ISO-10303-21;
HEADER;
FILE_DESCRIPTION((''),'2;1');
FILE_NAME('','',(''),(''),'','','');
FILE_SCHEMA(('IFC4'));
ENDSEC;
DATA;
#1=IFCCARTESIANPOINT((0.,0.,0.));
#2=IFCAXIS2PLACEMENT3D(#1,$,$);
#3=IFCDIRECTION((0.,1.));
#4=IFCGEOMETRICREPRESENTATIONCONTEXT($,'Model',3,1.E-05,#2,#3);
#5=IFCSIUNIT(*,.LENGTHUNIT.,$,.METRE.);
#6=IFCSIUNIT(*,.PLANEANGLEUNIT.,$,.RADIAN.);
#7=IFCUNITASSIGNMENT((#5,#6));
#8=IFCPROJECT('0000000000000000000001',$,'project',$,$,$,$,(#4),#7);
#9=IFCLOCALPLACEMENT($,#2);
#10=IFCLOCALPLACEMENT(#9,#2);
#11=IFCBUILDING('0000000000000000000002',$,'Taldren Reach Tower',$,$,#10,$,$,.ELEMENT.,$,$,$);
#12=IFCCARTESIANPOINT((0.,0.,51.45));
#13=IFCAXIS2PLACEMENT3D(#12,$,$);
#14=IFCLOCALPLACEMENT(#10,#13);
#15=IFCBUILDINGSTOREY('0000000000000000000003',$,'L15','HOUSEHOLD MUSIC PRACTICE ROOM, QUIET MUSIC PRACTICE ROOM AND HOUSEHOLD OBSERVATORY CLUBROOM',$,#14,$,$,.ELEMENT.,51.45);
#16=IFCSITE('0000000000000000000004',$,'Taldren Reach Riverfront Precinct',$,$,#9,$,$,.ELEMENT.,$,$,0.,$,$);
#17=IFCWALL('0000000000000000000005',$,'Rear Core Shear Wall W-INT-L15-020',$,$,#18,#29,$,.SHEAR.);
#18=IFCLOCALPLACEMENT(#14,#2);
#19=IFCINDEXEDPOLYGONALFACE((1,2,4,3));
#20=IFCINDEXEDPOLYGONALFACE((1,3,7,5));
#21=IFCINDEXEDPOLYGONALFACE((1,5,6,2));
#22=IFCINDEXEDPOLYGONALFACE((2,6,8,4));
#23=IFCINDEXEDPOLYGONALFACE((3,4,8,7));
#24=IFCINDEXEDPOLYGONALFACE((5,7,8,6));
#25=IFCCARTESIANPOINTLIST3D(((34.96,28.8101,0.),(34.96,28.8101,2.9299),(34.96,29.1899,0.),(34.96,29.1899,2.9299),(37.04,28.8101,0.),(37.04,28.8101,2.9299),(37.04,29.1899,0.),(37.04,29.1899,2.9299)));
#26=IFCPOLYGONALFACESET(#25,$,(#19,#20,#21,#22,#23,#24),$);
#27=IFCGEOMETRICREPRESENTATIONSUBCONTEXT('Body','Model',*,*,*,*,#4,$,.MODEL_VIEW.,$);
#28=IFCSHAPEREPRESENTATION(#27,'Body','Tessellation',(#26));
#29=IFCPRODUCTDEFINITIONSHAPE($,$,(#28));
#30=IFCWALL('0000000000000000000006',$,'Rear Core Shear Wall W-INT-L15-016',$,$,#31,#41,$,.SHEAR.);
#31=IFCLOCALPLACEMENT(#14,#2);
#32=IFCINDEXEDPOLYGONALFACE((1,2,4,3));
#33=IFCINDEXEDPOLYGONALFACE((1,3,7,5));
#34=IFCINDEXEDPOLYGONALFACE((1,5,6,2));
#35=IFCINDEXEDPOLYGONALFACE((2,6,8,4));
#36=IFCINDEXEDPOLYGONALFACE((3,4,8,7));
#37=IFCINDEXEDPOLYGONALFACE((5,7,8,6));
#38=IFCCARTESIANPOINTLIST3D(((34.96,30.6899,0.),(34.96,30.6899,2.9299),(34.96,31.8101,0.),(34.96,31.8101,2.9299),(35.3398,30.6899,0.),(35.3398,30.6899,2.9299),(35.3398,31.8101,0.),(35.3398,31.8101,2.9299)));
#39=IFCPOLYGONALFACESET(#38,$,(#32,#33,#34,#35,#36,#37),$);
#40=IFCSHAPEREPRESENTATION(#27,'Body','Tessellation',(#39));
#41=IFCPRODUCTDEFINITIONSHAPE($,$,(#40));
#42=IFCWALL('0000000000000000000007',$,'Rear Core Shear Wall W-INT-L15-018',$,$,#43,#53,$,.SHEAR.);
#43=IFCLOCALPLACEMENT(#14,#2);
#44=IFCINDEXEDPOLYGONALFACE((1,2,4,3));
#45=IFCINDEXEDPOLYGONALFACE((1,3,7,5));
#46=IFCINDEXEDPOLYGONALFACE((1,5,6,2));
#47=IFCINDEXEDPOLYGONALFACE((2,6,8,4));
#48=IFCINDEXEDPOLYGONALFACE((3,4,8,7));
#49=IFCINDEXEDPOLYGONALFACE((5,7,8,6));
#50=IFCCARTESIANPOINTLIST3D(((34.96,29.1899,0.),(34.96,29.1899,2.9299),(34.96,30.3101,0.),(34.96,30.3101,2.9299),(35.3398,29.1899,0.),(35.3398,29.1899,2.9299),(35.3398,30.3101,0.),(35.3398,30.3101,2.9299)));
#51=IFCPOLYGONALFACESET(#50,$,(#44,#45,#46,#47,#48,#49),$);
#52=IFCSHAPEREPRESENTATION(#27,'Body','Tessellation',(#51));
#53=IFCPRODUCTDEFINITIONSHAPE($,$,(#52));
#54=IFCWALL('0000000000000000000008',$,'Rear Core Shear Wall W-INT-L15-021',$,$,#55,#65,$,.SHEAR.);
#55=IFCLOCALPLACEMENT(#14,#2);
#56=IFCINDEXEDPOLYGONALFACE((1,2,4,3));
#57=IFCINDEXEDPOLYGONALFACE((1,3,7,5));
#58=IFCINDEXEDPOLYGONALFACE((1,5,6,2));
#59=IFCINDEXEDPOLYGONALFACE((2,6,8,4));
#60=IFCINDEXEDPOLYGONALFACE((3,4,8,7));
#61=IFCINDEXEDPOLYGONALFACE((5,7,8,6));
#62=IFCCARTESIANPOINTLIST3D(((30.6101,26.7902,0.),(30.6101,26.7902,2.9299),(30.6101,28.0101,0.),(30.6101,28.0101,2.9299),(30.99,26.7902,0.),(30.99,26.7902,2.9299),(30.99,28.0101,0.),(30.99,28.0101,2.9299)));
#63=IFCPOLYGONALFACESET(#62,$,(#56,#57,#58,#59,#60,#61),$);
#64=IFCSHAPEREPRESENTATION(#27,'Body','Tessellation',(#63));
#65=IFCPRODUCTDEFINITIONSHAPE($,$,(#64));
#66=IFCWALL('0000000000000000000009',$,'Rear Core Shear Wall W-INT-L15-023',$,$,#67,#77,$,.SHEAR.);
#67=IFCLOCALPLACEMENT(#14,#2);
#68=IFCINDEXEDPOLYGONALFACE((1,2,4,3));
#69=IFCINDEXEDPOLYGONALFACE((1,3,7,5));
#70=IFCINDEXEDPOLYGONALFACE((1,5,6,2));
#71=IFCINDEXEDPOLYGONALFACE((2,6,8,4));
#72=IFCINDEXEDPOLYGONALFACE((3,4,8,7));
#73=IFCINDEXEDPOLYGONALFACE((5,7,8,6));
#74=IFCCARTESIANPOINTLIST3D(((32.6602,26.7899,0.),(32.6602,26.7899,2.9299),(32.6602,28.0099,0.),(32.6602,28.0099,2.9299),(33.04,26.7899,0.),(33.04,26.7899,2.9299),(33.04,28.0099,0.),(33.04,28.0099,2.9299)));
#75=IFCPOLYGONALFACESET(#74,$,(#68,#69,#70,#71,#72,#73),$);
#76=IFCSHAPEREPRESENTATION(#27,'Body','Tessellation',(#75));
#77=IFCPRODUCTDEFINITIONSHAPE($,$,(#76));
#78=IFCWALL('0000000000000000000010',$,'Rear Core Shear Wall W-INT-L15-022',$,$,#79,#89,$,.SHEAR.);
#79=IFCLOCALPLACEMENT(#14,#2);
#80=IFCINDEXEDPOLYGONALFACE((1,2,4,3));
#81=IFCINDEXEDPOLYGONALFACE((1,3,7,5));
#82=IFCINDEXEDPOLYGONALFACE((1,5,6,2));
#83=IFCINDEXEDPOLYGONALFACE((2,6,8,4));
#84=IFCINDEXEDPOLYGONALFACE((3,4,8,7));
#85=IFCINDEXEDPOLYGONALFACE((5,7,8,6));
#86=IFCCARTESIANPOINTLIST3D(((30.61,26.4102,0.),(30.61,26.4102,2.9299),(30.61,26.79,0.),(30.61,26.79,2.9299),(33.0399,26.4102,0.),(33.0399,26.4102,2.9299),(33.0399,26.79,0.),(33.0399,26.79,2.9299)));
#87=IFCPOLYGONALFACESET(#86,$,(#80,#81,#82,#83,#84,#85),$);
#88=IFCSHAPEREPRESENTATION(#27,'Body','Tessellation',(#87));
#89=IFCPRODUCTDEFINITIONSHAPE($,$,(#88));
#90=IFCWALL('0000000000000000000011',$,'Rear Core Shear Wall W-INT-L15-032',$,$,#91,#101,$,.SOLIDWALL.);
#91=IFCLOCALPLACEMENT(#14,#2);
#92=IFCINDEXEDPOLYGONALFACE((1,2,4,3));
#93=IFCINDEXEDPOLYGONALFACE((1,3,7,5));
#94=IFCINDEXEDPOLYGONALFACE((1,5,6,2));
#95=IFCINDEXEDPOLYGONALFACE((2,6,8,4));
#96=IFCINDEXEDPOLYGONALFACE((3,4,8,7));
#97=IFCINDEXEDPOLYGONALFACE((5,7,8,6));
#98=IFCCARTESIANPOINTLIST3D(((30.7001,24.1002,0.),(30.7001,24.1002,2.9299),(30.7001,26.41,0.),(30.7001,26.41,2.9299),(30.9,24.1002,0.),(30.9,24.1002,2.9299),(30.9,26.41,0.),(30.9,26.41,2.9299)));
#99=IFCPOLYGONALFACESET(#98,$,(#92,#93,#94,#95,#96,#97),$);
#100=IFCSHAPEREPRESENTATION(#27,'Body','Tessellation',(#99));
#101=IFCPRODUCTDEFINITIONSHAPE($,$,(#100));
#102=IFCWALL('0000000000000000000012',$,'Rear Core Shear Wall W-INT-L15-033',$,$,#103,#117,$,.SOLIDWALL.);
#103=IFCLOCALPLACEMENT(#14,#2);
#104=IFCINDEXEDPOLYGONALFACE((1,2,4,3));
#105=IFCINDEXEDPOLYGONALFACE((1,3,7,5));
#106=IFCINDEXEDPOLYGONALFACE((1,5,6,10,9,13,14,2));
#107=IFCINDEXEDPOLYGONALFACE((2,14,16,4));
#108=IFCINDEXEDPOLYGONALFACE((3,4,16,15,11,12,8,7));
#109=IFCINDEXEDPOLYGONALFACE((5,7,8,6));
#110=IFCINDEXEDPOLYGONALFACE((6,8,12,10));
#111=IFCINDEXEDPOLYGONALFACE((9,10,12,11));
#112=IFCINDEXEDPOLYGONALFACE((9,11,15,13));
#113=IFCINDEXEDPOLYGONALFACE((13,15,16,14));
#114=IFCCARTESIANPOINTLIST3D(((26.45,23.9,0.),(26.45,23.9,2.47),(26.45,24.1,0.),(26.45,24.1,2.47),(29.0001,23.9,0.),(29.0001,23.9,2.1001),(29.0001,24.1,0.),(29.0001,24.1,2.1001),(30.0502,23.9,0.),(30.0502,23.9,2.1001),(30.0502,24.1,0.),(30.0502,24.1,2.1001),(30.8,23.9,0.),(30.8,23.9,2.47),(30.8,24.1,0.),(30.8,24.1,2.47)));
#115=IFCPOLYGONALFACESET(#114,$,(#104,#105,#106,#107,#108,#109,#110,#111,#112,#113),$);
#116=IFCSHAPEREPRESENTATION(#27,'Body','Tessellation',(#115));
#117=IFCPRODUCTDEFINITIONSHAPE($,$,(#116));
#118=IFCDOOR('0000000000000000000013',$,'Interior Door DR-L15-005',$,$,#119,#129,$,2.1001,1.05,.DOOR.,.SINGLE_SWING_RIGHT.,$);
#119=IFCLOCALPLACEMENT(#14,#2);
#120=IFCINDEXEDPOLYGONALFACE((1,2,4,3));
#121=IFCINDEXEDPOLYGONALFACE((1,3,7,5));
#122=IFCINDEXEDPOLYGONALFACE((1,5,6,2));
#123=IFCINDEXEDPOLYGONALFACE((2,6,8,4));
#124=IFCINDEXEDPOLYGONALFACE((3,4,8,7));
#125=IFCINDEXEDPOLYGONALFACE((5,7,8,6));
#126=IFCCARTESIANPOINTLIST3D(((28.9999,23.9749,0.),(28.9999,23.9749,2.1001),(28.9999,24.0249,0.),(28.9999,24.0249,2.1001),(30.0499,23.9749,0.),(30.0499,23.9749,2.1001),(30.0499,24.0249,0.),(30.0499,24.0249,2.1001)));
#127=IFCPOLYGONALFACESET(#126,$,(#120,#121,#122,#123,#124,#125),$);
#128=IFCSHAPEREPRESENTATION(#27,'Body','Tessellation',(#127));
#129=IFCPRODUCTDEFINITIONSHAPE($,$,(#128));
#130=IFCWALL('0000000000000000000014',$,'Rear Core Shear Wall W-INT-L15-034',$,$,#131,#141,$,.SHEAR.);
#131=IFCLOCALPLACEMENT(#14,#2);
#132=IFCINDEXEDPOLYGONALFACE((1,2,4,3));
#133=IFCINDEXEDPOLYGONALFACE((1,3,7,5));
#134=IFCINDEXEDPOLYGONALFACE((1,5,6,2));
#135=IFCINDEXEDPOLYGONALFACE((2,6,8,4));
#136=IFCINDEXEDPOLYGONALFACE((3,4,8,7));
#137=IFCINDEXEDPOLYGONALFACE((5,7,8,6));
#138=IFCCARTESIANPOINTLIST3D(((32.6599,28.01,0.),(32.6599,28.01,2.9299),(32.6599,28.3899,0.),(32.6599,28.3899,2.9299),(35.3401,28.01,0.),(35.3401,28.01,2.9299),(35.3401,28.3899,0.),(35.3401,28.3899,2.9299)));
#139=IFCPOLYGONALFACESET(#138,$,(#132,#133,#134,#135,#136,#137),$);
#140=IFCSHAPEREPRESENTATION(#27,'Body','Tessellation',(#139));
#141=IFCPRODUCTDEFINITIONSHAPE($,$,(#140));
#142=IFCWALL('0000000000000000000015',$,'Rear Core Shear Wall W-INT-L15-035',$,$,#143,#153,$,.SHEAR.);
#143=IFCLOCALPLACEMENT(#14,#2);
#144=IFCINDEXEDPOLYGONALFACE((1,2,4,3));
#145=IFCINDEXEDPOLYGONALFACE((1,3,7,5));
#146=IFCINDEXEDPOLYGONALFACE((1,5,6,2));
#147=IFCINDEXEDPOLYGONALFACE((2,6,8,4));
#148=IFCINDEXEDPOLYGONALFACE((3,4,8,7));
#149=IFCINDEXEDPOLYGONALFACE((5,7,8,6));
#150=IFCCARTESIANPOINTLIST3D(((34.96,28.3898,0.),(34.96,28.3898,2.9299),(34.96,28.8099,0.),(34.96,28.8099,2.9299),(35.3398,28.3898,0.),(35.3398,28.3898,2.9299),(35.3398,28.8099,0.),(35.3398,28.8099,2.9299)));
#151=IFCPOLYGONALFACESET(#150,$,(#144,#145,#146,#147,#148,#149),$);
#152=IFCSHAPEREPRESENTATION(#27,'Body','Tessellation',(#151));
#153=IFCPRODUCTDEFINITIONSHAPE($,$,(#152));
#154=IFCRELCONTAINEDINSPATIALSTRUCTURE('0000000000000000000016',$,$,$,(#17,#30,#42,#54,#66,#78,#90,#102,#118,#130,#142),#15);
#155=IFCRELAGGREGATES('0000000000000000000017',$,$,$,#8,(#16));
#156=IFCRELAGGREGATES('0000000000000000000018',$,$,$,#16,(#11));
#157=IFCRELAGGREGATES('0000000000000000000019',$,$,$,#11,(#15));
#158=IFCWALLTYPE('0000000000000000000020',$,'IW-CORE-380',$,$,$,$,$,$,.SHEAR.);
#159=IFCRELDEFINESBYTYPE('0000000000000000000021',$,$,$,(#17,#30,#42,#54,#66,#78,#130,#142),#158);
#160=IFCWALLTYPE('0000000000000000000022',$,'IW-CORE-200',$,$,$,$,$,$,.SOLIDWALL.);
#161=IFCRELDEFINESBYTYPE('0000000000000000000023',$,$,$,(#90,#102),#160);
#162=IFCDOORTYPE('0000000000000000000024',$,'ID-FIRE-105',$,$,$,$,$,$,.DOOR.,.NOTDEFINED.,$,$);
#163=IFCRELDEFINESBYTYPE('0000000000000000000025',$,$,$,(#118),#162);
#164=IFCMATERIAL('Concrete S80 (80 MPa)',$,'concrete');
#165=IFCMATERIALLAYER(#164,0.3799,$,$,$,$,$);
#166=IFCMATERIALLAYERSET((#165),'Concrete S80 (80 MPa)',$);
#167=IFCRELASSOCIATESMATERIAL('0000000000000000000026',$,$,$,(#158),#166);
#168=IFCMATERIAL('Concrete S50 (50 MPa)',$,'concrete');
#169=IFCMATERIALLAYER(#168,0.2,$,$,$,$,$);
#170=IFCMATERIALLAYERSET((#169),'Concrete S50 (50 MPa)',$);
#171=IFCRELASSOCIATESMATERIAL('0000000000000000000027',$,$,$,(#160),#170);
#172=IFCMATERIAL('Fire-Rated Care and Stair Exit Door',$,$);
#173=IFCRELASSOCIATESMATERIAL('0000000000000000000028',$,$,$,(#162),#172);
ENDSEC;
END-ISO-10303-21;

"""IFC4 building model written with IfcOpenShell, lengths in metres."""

from ifc_helpers import new_model, si_unit, direction, frame, frame_2d, origin, place, context, subcontext, project, spatial, rectangle, extrude, source, transform, mapped, material, layer, layer_set, type_object, element, fill, save


model = new_model("IFC4")

# Units and contexts
model_context = context("Model", 3, precision=1e-05, world=origin(), true_north=direction((0.0, 1.0)))
body_context = subcontext(model_context, "Body", "Model", "MODEL_VIEW")
ifc_project = project(units=[si_unit("LENGTHUNIT", "METRE"), si_unit("PLANEANGLEUNIT", "RADIAN")], contexts=[model_context])

# Site, building, storey
site_placement = place(None, origin())
site = spatial("IfcSite", under=ifc_project, at=site_placement, Name="Taldren Reach Riverfront Precinct", CompositionType="ELEMENT", RefElevation=0.0)
building_placement = place(site_placement, origin())
building = spatial("IfcBuilding", under=site, at=building_placement, Name="Taldren Reach Tower", CompositionType="ELEMENT")
storey_placement = place(building_placement, frame((0.0, 0.0, 51.45)))
storey = spatial("IfcBuildingStorey", under=building, at=storey_placement, Name="L15", Description="HOUSEHOLD MUSIC PRACTICE ROOM, QUIET MUSIC PRACTICE ROOM AND HOUSEHOLD OBSERVATORY CLUBROOM", CompositionType="ELEMENT", Elevation=51.45)

# Walls
ifc_material_1 = material(Name="Concrete S80 (80 MPa)", Category="concrete")
ifc_layer_1 = layer(ifc_material_1, 0.3799)
ifc_layer_set_1 = layer_set([ifc_layer_1], Name="Concrete S80 (80 MPa)")
wall_type_1 = type_object("IfcWallType", Name="IW-CORE-380", PredefinedType="SHEAR", material=ifc_layer_set_1)
shared_shape_1 = source(origin(), body_context, "Body", "SweptSolid", [
    extrude(rectangle(XDim=2.0801, YDim=0.3799, at=frame_2d((1.04, 0.0))), origin(), (0.0, 0.0, 1.0), 2.9299),
])
for number, where, z_axis, x_axis, name in (
    (1, (34.96, 29.0, 0.0), (0.0, 0.0, 1.0), (1.0, 0.0, 0.0), "Rear Core Shear Wall W-INT-L15-020"),
):
    element("IfcWall", number, at=place(storey_placement, frame(where, z_axis=z_axis, x_axis=x_axis)), inside=storey, type_object=wall_type_1, Name=name, PredefinedType="SHEAR", context=body_context, shape_type="MappedRepresentation", body=[
        mapped(shared_shape_1, transform((0.0, 0.0, 0.0), scale=1.0)),
    ])
shared_shape_2 = source(origin(), body_context, "Body", "SweptSolid", [
    extrude(rectangle(XDim=1.1201, YDim=0.3799, at=frame_2d((0.5601, 0.0))), origin(), (0.0, 0.0, 1.0), 2.9299),
])
for number, where, z_axis, x_axis, name in (
    (2, (35.1499, 31.8101, 0.0), (0.0, 0.0, 1.0), (0.0, -1.0, 0.0), "Rear Core Shear Wall W-INT-L15-016"),
    (3, (35.1499, 30.3101, 0.0), (0.0, 0.0, 1.0), (0.0, -1.0, 0.0), "Rear Core Shear Wall W-INT-L15-018"),
):
    element("IfcWall", number, at=place(storey_placement, frame(where, z_axis=z_axis, x_axis=x_axis)), inside=storey, type_object=wall_type_1, Name=name, PredefinedType="SHEAR", context=body_context, shape_type="MappedRepresentation", body=[
        mapped(shared_shape_2, transform((0.0, 0.0, 0.0), scale=1.0)),
    ])
shared_shape_3 = source(origin(), body_context, "Body", "SweptSolid", [
    extrude(rectangle(XDim=1.22, YDim=0.3799, at=frame_2d((0.6099, 0.0))), origin(), (0.0, 0.0, 1.0), 2.9299),
])
for number, where, z_axis, x_axis, name in (
    (4, (30.8, 28.01, 0.0), (0.0, 0.0, 1.0), (0.0, -1.0, 0.0), "Rear Core Shear Wall W-INT-L15-021"),
    (5, (32.8501, 26.79, 0.0), (0.0, 0.0, 1.0), (0.0, 1.0, 0.0), "Rear Core Shear Wall W-INT-L15-023"),
):
    element("IfcWall", number, at=place(storey_placement, frame(where, z_axis=z_axis, x_axis=x_axis)), inside=storey, type_object=wall_type_1, Name=name, PredefinedType="SHEAR", context=body_context, shape_type="MappedRepresentation", body=[
        mapped(shared_shape_3, transform((0.0, 0.0, 0.0), scale=1.0)),
    ])
shared_shape_4 = source(origin(), body_context, "Body", "SweptSolid", [
    extrude(rectangle(XDim=2.4299, YDim=0.3799, at=frame_2d((1.2148, 0.0))), origin(), (0.0, 0.0, 1.0), 2.9299),
])
wall_1_placement = place(storey_placement, frame((30.6101, 26.6001, 0.0), z_axis=(0.0, 0.0, 1.0), x_axis=(1.0, 0.0, 0.0)))
element("IfcWall", 6, at=wall_1_placement, inside=storey, type_object=wall_type_1, Name="Rear Core Shear Wall W-INT-L15-022", PredefinedType="SHEAR", context=body_context, shape_type="MappedRepresentation", body=[
    mapped(shared_shape_4, transform((0.0, 0.0, 0.0), scale=1.0)),
])

# Wall
ifc_material_2 = material(Name="Concrete S50 (50 MPa)", Category="concrete")
ifc_layer_2 = layer(ifc_material_2, 0.2)
ifc_layer_set_2 = layer_set([ifc_layer_2], Name="Concrete S50 (50 MPa)")
wall_type_2 = type_object("IfcWallType", Name="IW-CORE-200", PredefinedType="SOLIDWALL", material=ifc_layer_set_2)
shared_shape_5 = source(origin(), body_context, "Body", "SweptSolid", [
    extrude(rectangle(XDim=2.3098, YDim=0.2, at=frame_2d((1.1548, 0.0))), origin(), (0.0, 0.0, 1.0), 2.9299),
])
wall_2_placement = place(storey_placement, frame((30.8, 26.4099, 0.0), z_axis=(0.0, 0.0, 1.0), x_axis=(0.0, -1.0, 0.0)))
element("IfcWall", 7, at=wall_2_placement, inside=storey, type_object=wall_type_2, Name="Rear Core Shear Wall W-INT-L15-032", PredefinedType="SOLIDWALL", context=body_context, shape_type="MappedRepresentation", body=[
    mapped(shared_shape_5, transform((0.0, 0.0, 0.0), scale=1.0)),
])

# Wall, opening, door
shared_shape_6 = source(origin(), body_context, "Body", "SweptSolid", [
    extrude(rectangle(XDim=4.3501, YDim=0.2, at=frame_2d((2.175, 0.0))), origin(), (0.0, 0.0, 1.0), 2.47),
])
wall_3_placement = place(storey_placement, frame((30.8, 24.0, 0.0), z_axis=(0.0, 0.0, 1.0), x_axis=(-1.0, 0.0, 0.0)))
wall_3 = element("IfcWall", 8, at=wall_3_placement, inside=storey, type_object=wall_type_2, Name="Rear Core Shear Wall W-INT-L15-033", PredefinedType="SOLIDWALL", context=body_context, shape_type="MappedRepresentation", body=[
    mapped(shared_shape_6, transform((0.0, 0.0, 0.0), scale=1.0)),
])
shared_shape_7 = source(origin(), body_context, "Body", "SweptSolid", [
    extrude(rectangle(XDim=1.05, YDim=2.1001, at=frame_2d((0.5249, 1.05))), frame((0.0, 0.1099, 0.0), z_axis=(0.0, -1.0, 0.0), x_axis=(1.0, 0.0, 0.0)), (0.0, 0.0, 1.0), 0.22),
])
opening_1_placement = place(wall_3_placement, frame((0.75, 0.0, 0.0)))
opening_1 = element("IfcOpeningElement", 9, at=opening_1_placement, cuts=wall_3, PredefinedType="OPENING", context=body_context, shape_type="MappedRepresentation", body=[
    mapped(shared_shape_7, transform((0.0, 0.0, 0.0), scale=1.0)),
])
ifc_material_3 = material(Name="Fire-Rated Care and Stair Exit Door")
door_type_1 = type_object("IfcDoorType", Name="ID-FIRE-105", OperationType="NOTDEFINED", PredefinedType="DOOR", material=ifc_material_3)
shared_shape_8 = source(origin(), body_context, "Body", "SweptSolid", [
    extrude(rectangle(XDim=1.05, YDim=2.1001, at=frame_2d((0.5249, 1.05))), frame((0.0, 0.0249, 0.0), z_axis=(0.0, -1.0, 0.0), x_axis=(1.0, 0.0, 0.0)), (0.0, 0.0, 1.0), 0.05),
])
door_1_placement = place(opening_1_placement, frame((1.05, 0.0, 0.0), z_axis=(0.0, 0.0, 1.0), x_axis=(-1.0, 0.0, 0.0)))
door_1 = element("IfcDoor", 10, at=door_1_placement, inside=storey, type_object=door_type_1, Name="Interior Door DR-L15-005", OperationType="SINGLE_SWING_RIGHT", OverallHeight=2.1001, OverallWidth=1.05, PredefinedType="DOOR", context=body_context, shape_type="MappedRepresentation", body=[
    mapped(shared_shape_8, transform((0.0, 0.0, 0.0), scale=1.0)),
])
fill(opening_1, door_1)

# Walls
shared_shape_9 = source(origin(), body_context, "Body", "SweptSolid", [
    extrude(rectangle(XDim=2.6802, YDim=0.3799, at=frame_2d((1.3401, 0.0))), origin(), (0.0, 0.0, 1.0), 2.9299),
])
wall_4_placement = place(storey_placement, frame((32.6599, 28.2, 0.0), z_axis=(0.0, 0.0, 1.0), x_axis=(1.0, 0.0, 0.0)))
element("IfcWall", 11, at=wall_4_placement, inside=storey, type_object=wall_type_1, Name="Rear Core Shear Wall W-INT-L15-034", PredefinedType="SHEAR", context=body_context, shape_type="MappedRepresentation", body=[
    mapped(shared_shape_9, transform((0.0, 0.0, 0.0), scale=1.0)),
])
shared_shape_10 = source(origin(), body_context, "Body", "SweptSolid", [
    extrude(rectangle(XDim=0.4202, YDim=0.3799, at=frame_2d((0.21, 0.0))), origin(), (0.0, 0.0, 1.0), 2.9299),
])
wall_5_placement = place(storey_placement, frame((35.1499, 28.3899, 0.0), z_axis=(0.0, 0.0, 1.0), x_axis=(0.0, 1.0, 0.0)))
element("IfcWall", 12, at=wall_5_placement, inside=storey, type_object=wall_type_1, Name="Rear Core Shear Wall W-INT-L15-035", PredefinedType="SHEAR", context=body_context, shape_type="MappedRepresentation", body=[
    mapped(shared_shape_10, transform((0.0, 0.0, 0.0), scale=1.0)),
])

save(model, "model.ifc")
